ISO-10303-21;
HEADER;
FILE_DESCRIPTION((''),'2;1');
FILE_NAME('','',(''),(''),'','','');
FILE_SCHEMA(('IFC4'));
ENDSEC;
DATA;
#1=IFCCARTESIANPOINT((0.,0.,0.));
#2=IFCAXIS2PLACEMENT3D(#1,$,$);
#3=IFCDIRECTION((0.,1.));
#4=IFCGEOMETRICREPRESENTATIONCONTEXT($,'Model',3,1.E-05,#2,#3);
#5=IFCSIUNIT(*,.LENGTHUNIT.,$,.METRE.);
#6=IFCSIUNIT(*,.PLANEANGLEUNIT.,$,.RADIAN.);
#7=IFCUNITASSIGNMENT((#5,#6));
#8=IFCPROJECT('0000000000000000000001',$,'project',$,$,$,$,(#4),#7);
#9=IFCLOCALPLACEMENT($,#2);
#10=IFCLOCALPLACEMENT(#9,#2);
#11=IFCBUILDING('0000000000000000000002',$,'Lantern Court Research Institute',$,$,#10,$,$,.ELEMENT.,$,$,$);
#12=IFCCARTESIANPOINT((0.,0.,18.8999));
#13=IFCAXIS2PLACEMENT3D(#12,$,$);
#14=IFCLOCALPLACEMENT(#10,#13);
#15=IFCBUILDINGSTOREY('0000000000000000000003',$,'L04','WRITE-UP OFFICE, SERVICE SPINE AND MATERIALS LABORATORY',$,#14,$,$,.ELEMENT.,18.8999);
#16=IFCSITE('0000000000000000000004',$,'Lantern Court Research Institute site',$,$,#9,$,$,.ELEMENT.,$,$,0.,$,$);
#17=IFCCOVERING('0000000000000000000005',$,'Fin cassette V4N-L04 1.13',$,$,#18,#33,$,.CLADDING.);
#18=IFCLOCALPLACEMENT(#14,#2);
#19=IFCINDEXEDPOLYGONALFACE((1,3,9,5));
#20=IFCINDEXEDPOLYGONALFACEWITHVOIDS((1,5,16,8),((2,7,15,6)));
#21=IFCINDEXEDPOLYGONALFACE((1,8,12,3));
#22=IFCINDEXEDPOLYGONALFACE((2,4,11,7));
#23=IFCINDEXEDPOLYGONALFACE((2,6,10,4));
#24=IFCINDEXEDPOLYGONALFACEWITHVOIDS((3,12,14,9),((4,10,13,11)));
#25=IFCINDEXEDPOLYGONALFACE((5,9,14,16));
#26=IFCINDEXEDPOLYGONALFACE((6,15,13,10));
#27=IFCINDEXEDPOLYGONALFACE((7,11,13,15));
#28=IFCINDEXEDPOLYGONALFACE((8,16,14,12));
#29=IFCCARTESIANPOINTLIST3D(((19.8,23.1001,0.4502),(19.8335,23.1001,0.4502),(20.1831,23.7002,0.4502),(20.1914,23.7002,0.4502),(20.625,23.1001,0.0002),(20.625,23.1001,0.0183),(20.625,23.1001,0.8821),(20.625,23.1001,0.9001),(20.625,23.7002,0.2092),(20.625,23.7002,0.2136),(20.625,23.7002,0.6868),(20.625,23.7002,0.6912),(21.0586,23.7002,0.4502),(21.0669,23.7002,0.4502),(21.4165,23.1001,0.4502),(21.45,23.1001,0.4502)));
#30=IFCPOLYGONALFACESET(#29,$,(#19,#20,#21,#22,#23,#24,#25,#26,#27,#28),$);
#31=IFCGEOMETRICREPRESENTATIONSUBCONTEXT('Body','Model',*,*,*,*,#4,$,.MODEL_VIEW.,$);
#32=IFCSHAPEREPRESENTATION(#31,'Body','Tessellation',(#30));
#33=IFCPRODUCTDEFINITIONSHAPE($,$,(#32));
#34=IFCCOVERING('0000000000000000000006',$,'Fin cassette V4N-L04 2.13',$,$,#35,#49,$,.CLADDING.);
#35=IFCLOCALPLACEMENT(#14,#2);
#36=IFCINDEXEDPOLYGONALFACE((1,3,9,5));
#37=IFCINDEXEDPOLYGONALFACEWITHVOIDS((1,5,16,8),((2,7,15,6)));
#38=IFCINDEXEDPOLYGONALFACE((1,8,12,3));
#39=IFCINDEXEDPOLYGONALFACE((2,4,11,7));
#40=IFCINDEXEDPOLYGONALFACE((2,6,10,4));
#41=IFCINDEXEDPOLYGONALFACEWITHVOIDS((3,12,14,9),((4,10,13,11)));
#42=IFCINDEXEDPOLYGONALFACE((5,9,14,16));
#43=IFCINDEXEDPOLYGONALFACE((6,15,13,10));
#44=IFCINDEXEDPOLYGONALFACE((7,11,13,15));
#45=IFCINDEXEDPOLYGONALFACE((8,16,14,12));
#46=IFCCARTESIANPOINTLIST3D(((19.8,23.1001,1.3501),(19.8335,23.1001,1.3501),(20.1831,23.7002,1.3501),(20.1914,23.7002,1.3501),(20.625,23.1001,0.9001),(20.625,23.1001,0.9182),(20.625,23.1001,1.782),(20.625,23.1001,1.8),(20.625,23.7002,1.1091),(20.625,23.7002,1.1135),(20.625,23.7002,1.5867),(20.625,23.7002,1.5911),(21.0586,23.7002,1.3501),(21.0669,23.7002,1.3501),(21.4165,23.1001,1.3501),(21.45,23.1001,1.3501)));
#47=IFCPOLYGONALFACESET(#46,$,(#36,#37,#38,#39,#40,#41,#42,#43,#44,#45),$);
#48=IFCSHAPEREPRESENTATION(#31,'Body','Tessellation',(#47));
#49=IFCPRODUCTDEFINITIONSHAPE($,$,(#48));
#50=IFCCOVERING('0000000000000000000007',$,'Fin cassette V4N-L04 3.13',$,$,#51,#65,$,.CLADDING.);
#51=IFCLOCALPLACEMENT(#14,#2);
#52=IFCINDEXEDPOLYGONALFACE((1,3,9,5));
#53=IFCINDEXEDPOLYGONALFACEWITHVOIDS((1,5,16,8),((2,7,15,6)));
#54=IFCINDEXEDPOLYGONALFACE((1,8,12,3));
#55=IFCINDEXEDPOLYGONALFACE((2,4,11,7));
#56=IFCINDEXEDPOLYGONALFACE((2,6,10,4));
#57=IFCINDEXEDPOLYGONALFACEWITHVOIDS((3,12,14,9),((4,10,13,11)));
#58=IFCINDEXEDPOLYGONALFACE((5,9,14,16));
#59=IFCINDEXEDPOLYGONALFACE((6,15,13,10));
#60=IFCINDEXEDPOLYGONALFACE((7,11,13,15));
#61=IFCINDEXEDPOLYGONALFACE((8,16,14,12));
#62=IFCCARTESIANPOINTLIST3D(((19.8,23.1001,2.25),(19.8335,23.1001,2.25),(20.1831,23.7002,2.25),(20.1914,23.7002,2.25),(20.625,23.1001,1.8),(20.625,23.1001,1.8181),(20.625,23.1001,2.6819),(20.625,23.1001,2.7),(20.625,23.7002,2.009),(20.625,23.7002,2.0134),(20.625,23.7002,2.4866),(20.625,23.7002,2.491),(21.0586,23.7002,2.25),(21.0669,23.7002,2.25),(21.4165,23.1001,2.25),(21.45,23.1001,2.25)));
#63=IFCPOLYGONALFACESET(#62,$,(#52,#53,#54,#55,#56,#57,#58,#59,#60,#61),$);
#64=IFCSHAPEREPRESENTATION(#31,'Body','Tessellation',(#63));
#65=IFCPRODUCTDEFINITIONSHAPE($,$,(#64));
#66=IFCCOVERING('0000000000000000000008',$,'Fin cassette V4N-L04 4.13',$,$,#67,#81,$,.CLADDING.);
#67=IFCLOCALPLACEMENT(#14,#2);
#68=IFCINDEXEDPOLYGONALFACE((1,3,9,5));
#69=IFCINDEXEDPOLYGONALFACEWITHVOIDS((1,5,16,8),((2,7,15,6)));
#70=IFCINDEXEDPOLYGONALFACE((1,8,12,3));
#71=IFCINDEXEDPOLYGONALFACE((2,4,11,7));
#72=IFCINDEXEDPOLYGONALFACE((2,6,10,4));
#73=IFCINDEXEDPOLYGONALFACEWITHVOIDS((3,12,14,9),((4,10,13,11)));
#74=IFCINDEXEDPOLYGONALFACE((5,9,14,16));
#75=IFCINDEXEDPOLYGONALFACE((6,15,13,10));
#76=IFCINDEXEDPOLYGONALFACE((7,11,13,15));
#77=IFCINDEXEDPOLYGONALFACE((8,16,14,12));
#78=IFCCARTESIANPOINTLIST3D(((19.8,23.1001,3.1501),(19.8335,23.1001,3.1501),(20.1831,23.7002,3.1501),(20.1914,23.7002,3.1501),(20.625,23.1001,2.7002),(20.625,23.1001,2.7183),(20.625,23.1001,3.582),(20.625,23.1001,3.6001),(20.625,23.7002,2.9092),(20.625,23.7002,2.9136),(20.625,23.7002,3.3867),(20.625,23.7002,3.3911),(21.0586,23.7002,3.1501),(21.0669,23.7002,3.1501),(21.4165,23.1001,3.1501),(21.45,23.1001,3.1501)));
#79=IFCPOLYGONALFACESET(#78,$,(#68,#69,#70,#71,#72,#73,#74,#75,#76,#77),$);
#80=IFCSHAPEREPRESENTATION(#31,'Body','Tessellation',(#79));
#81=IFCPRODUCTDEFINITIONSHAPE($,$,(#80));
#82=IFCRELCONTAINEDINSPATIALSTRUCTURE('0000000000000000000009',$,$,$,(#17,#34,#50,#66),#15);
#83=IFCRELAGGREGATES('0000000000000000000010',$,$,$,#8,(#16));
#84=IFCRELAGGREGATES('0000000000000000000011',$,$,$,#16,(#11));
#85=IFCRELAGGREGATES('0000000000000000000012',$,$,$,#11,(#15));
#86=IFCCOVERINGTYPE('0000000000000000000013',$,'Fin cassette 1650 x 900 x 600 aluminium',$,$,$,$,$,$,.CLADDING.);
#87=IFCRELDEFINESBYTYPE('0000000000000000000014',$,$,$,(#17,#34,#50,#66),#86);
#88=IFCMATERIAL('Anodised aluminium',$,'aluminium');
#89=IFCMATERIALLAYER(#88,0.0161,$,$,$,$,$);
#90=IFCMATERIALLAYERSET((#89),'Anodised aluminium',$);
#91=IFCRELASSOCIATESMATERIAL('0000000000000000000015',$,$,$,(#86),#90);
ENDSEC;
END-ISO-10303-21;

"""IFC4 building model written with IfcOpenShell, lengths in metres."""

from ifc_helpers import new_model, entity, si_unit, direction, frame, origin, place, context, subcontext, project, spatial, material, layer, layer_set, type_object, element, save


model = new_model("IFC4")

# Units and contexts
model_context = context("Model", 3, precision=1e-05, world=origin(), true_north=direction((0.0, 1.0)))
body_context = subcontext(model_context, "Body", "Model", "MODEL_VIEW")
ifc_project = project(units=[si_unit("LENGTHUNIT", "METRE"), si_unit("PLANEANGLEUNIT", "RADIAN")], contexts=[model_context])

# Site, building, storey
site_placement = place(None, origin())
site = spatial("IfcSite", under=ifc_project, at=site_placement, Name="Lantern Court Research Institute site", CompositionType="ELEMENT", RefElevation=0.0)
building_placement = place(site_placement, origin())
building = spatial("IfcBuilding", under=site, at=building_placement, Name="Lantern Court Research Institute", CompositionType="ELEMENT")
storey_placement = place(building_placement, frame((0.0, 0.0, 18.8999)))
storey = spatial("IfcBuildingStorey", under=building, at=storey_placement, Name="L04", Description="WRITE-UP OFFICE, SERVICE SPINE AND MATERIALS LABORATORY", CompositionType="ELEMENT", Elevation=18.8999)

# Coverings
ifc_material_1 = material(Name="Anodised aluminium", Category="aluminium")
ifc_layer_1 = layer(ifc_material_1, 0.0161)
ifc_layer_set_1 = layer_set([ifc_layer_1], Name="Anodised aluminium")
covering_type = type_object("IfcCoveringType", Name="Fin cassette 1650 x 900 x 600 aluminium", PredefinedType="CLADDING", material=ifc_layer_set_1)
covering_1_placement = place(storey_placement, frame((20.625, 23.1001, 0.4502), z_axis=(0.0, 1.0, 0.0), x_axis=(-1.0, 0.0, 0.0)))
cartesian_point_1 = entity("IfcCartesianPoint", [0.825, 0.0])
cartesian_point_2 = entity("IfcCartesianPoint", [0.7915, 0.0])
cartesian_point_3 = entity("IfcCartesianPoint", [0.4419, 0.0])
cartesian_point_4 = entity("IfcCartesianPoint", [0.4336, 0.0])
element("IfcCovering", 1, at=covering_1_placement, inside=storey, type_object=covering_type, Name="Fin cassette V4N-L04 1.13", PredefinedType="CLADDING", context=body_context, shape_type="SweptSolid", body=[
    entity("IfcExtrudedAreaSolidTapered", entity("IfcArbitraryProfileDefWithVoids", "AREA", None, entity("IfcPolyline", [cartesian_point_1, entity("IfcCartesianPoint", [0.0, 0.45]), entity("IfcCartesianPoint", [-0.825, 0.0]), entity("IfcCartesianPoint", [0.0, -0.45]), cartesian_point_1]), [entity("IfcPolyline", [cartesian_point_2, entity("IfcCartesianPoint", [0.0, 0.4319]), entity("IfcCartesianPoint", [-0.7915, 0.0]), entity("IfcCartesianPoint", [0.0, -0.4319]), cartesian_point_2])]), entity("IfcAxis2Placement3D", entity("IfcCartesianPoint", [0.0, 0.0, 0.0])), entity("IfcDirection", [0.0, 0.0, 1.0]), 0.6001, entity("IfcArbitraryProfileDefWithVoids", "AREA", None, entity("IfcPolyline", [cartesian_point_3, entity("IfcCartesianPoint", [0.0, 0.241]), entity("IfcCartesianPoint", [-0.4419, 0.0]), entity("IfcCartesianPoint", [0.0, -0.241]), cartesian_point_3]), [entity("IfcPolyline", [cartesian_point_4, entity("IfcCartesianPoint", [0.0, 0.2366]), entity("IfcCartesianPoint", [-0.4336, 0.0]), entity("IfcCartesianPoint", [0.0, -0.2366]), cartesian_point_4])])),
])
covering_2_placement = place(storey_placement, frame((20.625, 23.1001, 1.3501), z_axis=(0.0, 1.0, 0.0), x_axis=(-1.0, 0.0, 0.0)))
cartesian_point_5 = entity("IfcCartesianPoint", [0.825, 0.0])
cartesian_point_6 = entity("IfcCartesianPoint", [0.7915, 0.0])
cartesian_point_7 = entity("IfcCartesianPoint", [0.4419, 0.0])
cartesian_point_8 = entity("IfcCartesianPoint", [0.4336, 0.0])
element("IfcCovering", 2, at=covering_2_placement, inside=storey, type_object=covering_type, Name="Fin cassette V4N-L04 2.13", PredefinedType="CLADDING", context=body_context, shape_type="SweptSolid", body=[
    entity("IfcExtrudedAreaSolidTapered", entity("IfcArbitraryProfileDefWithVoids", "AREA", None, entity("IfcPolyline", [cartesian_point_5, entity("IfcCartesianPoint", [0.0, 0.45]), entity("IfcCartesianPoint", [-0.825, 0.0]), entity("IfcCartesianPoint", [0.0, -0.45]), cartesian_point_5]), [entity("IfcPolyline", [cartesian_point_6, entity("IfcCartesianPoint", [0.0, 0.4319]), entity("IfcCartesianPoint", [-0.7915, 0.0]), entity("IfcCartesianPoint", [0.0, -0.4319]), cartesian_point_6])]), entity("IfcAxis2Placement3D", entity("IfcCartesianPoint", [0.0, 0.0, 0.0])), entity("IfcDirection", [0.0, 0.0, 1.0]), 0.6001, entity("IfcArbitraryProfileDefWithVoids", "AREA", None, entity("IfcPolyline", [cartesian_point_7, entity("IfcCartesianPoint", [0.0, 0.241]), entity("IfcCartesianPoint", [-0.4419, 0.0]), entity("IfcCartesianPoint", [0.0, -0.241]), cartesian_point_7]), [entity("IfcPolyline", [cartesian_point_8, entity("IfcCartesianPoint", [0.0, 0.2366]), entity("IfcCartesianPoint", [-0.4336, 0.0]), entity("IfcCartesianPoint", [0.0, -0.2366]), cartesian_point_8])])),
])
covering_3_placement = place(storey_placement, frame((20.625, 23.1001, 2.25), z_axis=(0.0, 1.0, 0.0), x_axis=(-1.0, 0.0, 0.0)))
cartesian_point_9 = entity("IfcCartesianPoint", [0.825, 0.0])
cartesian_point_10 = entity("IfcCartesianPoint", [0.7915, 0.0])
cartesian_point_11 = entity("IfcCartesianPoint", [0.4419, 0.0])
cartesian_point_12 = entity("IfcCartesianPoint", [0.4336, 0.0])
element("IfcCovering", 3, at=covering_3_placement, inside=storey, type_object=covering_type, Name="Fin cassette V4N-L04 3.13", PredefinedType="CLADDING", context=body_context, shape_type="SweptSolid", body=[
    entity("IfcExtrudedAreaSolidTapered", entity("IfcArbitraryProfileDefWithVoids", "AREA", None, entity("IfcPolyline", [cartesian_point_9, entity("IfcCartesianPoint", [0.0, 0.45]), entity("IfcCartesianPoint", [-0.825, 0.0]), entity("IfcCartesianPoint", [0.0, -0.45]), cartesian_point_9]), [entity("IfcPolyline", [cartesian_point_10, entity("IfcCartesianPoint", [0.0, 0.4319]), entity("IfcCartesianPoint", [-0.7915, 0.0]), entity("IfcCartesianPoint", [0.0, -0.4319]), cartesian_point_10])]), entity("IfcAxis2Placement3D", entity("IfcCartesianPoint", [0.0, 0.0, 0.0])), entity("IfcDirection", [0.0, 0.0, 1.0]), 0.6001, entity("IfcArbitraryProfileDefWithVoids", "AREA", None, entity("IfcPolyline", [cartesian_point_11, entity("IfcCartesianPoint", [0.0, 0.241]), entity("IfcCartesianPoint", [-0.4419, 0.0]), entity("IfcCartesianPoint", [0.0, -0.241]), cartesian_point_11]), [entity("IfcPolyline", [cartesian_point_12, entity("IfcCartesianPoint", [0.0, 0.2366]), entity("IfcCartesianPoint", [-0.4336, 0.0]), entity("IfcCartesianPoint", [0.0, -0.2366]), cartesian_point_12])])),
])
covering_4_placement = place(storey_placement, frame((20.625, 23.1001, 3.1501), z_axis=(0.0, 1.0, 0.0), x_axis=(-1.0, 0.0, 0.0)))
cartesian_point_13 = entity("IfcCartesianPoint", [0.825, 0.0])
cartesian_point_14 = entity("IfcCartesianPoint", [0.7915, 0.0])
cartesian_point_15 = entity("IfcCartesianPoint", [0.4419, 0.0])
cartesian_point_16 = entity("IfcCartesianPoint", [0.4336, 0.0])
element("IfcCovering", 4, at=covering_4_placement, inside=storey, type_object=covering_type, Name="Fin cassette V4N-L04 4.13", PredefinedType="CLADDING", context=body_context, shape_type="SweptSolid", body=[
    entity("IfcExtrudedAreaSolidTapered", entity("IfcArbitraryProfileDefWithVoids", "AREA", None, entity("IfcPolyline", [cartesian_point_13, entity("IfcCartesianPoint", [0.0, 0.45]), entity("IfcCartesianPoint", [-0.825, 0.0]), entity("IfcCartesianPoint", [0.0, -0.45]), cartesian_point_13]), [entity("IfcPolyline", [cartesian_point_14, entity("IfcCartesianPoint", [0.0, 0.4319]), entity("IfcCartesianPoint", [-0.7915, 0.0]), entity("IfcCartesianPoint", [0.0, -0.4319]), cartesian_point_14])]), entity("IfcAxis2Placement3D", entity("IfcCartesianPoint", [0.0, 0.0, 0.0])), entity("IfcDirection", [0.0, 0.0, 1.0]), 0.6001, entity("IfcArbitraryProfileDefWithVoids", "AREA", None, entity("IfcPolyline", [cartesian_point_15, entity("IfcCartesianPoint", [0.0, 0.241]), entity("IfcCartesianPoint", [-0.4419, 0.0]), entity("IfcCartesianPoint", [0.0, -0.241]), cartesian_point_15]), [entity("IfcPolyline", [cartesian_point_16, entity("IfcCartesianPoint", [0.0, 0.2366]), entity("IfcCartesianPoint", [-0.4336, 0.0]), entity("IfcCartesianPoint", [0.0, -0.2366]), cartesian_point_16])])),
])

save(model, "model.ifc")
